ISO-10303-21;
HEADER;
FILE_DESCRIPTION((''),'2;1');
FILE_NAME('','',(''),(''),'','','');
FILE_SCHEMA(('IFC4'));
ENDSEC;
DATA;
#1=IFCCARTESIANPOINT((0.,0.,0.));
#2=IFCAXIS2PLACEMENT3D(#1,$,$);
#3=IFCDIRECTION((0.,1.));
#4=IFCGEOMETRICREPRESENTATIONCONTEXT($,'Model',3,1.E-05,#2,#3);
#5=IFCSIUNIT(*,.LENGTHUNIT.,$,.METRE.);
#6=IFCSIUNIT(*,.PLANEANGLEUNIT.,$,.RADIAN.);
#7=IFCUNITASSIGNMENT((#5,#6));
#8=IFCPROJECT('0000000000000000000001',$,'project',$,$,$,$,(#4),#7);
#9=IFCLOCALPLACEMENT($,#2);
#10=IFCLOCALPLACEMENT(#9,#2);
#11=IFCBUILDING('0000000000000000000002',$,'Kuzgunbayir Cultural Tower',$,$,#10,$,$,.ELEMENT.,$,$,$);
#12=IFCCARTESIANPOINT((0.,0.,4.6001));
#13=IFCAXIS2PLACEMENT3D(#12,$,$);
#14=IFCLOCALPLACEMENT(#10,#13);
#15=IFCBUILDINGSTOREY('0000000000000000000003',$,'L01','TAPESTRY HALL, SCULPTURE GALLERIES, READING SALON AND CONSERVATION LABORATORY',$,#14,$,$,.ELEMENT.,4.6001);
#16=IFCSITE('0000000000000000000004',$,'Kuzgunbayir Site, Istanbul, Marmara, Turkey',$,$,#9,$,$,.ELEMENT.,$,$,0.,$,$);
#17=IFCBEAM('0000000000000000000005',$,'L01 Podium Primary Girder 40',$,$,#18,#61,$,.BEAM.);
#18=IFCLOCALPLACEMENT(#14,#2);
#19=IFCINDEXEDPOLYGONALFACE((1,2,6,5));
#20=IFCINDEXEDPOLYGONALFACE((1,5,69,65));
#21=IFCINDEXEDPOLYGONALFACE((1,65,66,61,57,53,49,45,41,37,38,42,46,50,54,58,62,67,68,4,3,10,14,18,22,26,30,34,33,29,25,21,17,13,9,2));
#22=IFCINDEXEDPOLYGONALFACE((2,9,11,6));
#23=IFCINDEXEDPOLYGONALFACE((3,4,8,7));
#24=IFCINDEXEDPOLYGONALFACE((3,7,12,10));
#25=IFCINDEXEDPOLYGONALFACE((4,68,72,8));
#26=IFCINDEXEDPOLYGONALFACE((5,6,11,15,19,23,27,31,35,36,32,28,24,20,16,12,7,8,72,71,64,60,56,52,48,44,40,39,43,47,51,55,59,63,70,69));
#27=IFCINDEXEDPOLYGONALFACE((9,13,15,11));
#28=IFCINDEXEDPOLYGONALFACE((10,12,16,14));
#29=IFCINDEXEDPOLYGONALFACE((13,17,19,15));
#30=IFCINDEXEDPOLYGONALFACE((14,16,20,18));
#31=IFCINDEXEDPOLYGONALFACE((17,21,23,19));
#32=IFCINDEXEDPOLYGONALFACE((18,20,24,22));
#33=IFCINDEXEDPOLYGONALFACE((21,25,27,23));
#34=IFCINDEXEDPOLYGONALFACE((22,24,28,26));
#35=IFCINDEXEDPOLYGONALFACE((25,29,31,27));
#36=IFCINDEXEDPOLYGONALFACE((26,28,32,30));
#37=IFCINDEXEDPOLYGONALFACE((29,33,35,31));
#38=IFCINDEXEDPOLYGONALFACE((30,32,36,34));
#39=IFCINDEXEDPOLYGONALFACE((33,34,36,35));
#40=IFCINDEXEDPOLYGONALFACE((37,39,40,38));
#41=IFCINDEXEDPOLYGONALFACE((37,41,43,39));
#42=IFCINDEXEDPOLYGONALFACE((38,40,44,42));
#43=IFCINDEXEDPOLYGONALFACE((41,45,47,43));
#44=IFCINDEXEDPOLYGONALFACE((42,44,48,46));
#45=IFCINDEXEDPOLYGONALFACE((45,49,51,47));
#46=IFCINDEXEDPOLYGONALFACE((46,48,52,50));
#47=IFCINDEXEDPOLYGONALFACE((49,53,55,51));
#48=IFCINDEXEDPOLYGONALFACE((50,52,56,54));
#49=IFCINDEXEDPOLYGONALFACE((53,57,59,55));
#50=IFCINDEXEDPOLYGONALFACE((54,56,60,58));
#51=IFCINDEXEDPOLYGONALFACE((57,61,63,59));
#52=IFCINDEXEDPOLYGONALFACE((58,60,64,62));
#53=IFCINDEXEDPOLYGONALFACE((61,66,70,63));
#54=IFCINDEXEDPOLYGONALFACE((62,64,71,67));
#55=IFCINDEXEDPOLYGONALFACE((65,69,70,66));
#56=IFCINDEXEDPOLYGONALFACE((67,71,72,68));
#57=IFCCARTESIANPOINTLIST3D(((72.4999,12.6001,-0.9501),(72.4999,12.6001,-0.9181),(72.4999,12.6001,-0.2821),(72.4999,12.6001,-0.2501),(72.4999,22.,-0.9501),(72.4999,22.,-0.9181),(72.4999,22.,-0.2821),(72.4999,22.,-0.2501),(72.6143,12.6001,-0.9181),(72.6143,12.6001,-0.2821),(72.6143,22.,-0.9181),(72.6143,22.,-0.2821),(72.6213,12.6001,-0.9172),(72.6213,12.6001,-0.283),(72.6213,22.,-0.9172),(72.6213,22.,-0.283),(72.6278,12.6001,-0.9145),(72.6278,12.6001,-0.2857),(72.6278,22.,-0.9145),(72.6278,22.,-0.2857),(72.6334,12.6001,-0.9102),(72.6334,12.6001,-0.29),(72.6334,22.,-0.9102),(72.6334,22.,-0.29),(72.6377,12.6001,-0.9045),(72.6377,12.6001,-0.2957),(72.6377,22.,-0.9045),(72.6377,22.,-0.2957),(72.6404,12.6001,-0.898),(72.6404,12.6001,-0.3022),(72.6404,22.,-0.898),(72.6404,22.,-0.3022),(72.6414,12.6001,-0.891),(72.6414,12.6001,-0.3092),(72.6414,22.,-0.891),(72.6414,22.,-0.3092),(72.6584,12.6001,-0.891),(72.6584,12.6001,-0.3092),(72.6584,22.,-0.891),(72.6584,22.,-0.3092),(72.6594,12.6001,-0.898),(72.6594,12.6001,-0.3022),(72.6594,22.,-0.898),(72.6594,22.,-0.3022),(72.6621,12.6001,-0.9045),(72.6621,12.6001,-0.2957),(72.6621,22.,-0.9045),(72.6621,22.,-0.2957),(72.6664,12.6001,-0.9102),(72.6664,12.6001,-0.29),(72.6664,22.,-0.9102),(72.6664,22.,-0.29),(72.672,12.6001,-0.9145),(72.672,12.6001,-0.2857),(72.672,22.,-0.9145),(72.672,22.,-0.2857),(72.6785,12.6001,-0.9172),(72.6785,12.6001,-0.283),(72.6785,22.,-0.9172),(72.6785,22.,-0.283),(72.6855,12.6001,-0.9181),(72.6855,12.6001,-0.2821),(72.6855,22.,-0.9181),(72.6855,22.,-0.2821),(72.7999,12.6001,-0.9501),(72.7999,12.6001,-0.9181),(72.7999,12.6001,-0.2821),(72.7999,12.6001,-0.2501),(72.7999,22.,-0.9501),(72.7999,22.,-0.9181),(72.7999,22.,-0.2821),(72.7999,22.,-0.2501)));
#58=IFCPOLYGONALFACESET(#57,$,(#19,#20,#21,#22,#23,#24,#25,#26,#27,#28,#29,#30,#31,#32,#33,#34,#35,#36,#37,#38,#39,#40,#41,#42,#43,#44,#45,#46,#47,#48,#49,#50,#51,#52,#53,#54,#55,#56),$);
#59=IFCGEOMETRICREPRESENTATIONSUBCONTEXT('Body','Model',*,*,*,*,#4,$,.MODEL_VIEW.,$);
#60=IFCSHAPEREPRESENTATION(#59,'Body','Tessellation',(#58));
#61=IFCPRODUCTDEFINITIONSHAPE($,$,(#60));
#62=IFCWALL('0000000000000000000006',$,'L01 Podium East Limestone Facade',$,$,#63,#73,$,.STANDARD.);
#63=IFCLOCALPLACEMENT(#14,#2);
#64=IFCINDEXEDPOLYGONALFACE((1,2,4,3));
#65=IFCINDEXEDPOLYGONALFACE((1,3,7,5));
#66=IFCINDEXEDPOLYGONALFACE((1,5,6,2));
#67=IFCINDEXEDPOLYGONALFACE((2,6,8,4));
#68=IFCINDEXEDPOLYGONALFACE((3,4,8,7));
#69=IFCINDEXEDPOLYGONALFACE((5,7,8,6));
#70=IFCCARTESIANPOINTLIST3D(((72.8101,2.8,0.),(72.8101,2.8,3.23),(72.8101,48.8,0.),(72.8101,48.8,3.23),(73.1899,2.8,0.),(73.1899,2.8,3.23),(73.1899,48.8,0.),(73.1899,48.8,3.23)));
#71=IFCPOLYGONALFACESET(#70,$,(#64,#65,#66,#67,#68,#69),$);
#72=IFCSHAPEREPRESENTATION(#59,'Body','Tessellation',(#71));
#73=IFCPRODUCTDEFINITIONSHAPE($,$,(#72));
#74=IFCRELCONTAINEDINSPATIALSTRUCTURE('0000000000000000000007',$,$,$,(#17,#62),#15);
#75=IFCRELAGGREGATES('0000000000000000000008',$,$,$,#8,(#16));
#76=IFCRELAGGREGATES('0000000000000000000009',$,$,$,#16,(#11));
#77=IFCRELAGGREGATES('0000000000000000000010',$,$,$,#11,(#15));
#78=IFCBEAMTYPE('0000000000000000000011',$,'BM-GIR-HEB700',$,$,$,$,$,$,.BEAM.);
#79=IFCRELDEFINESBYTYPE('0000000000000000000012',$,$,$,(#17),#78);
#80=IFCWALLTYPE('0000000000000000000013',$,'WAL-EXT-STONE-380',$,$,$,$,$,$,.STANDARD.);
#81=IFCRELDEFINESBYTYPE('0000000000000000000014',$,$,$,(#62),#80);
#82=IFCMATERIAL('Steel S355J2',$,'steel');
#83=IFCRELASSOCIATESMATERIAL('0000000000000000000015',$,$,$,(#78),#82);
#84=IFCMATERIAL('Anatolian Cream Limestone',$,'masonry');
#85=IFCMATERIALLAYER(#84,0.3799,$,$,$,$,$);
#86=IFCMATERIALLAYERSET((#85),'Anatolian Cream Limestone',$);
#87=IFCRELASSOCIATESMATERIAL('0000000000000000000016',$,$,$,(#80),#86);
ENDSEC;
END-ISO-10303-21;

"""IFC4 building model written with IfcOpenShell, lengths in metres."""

from ifc_helpers import new_model, si_unit, direction, frame, frame_2d, origin, origin_2d, place, context, subcontext, project, spatial, rectangle, i_section, extrude, material, layer, layer_set, material_profile, profile_set, type_object, element, save


model = new_model("IFC4")

# Units and contexts
model_context = context("Model", 3, precision=1e-05, world=origin(), true_north=direction((0.0, 1.0)))
body_context = subcontext(model_context, "Body", "Model", "MODEL_VIEW")
ifc_project = project(units=[si_unit("LENGTHUNIT", "METRE"), si_unit("PLANEANGLEUNIT", "RADIAN")], contexts=[model_context])

# Site, building, storey
site_placement = place(None, origin())
site = spatial("IfcSite", under=ifc_project, at=site_placement, Name="Kuzgunbayir Site, Istanbul, Marmara, Turkey", CompositionType="ELEMENT", RefElevation=0.0)
building_placement = place(site_placement, origin())
building = spatial("IfcBuilding", under=site, at=building_placement, Name="Kuzgunbayir Cultural Tower", CompositionType="ELEMENT")
storey_placement = place(building_placement, frame((0.0, 0.0, 4.6001)))
storey = spatial("IfcBuildingStorey", under=building, at=storey_placement, Name="L01", Description="TAPESTRY HALL, SCULPTURE GALLERIES, READING SALON AND CONSERVATION LABORATORY", CompositionType="ELEMENT", Elevation=4.6001)

# Beam
ifc_material_1 = material(Name="Steel S355J2", Category="steel")
ifc_material_profile_1 = material_profile(ifc_material_1, i_section(OverallWidth=0.3, OverallDepth=0.7, WebThickness=0.0171, FlangeThickness=0.032, FilletRadius=0.0271, at=origin_2d()), Name="HEB 700")
ifc_profile_set_1 = profile_set([ifc_material_profile_1], Name="Steel S355J2")
beam_type = type_object("IfcBeamType", Name="BM-GIR-HEB700", PredefinedType="BEAM", material=ifc_profile_set_1)
beam_1_placement = place(storey_placement, frame((72.6499, 12.6001, -0.6001), z_axis=(0.0, 1.0, 0.0), x_axis=(-1.0, 0.0, 0.0)))
element("IfcBeam", 1, at=beam_1_placement, inside=storey, type_object=beam_type, Name="L01 Podium Primary Girder 40", PredefinedType="BEAM", context=body_context, shape_type="SweptSolid", body=[
    extrude(i_section(OverallWidth=0.3, OverallDepth=0.7, WebThickness=0.0171, FlangeThickness=0.032, FilletRadius=0.0271, at=origin_2d()), origin(), (0.0, 0.0, 1.0), 9.3999),
])

# Wall
ifc_material_2 = material(Name="Anatolian Cream Limestone", Category="masonry")
ifc_layer = layer(ifc_material_2, 0.3799)
ifc_layer_set = layer_set([ifc_layer], Name="Anatolian Cream Limestone")
wall_type = type_object("IfcWallType", Name="WAL-EXT-STONE-380", PredefinedType="STANDARD", material=ifc_layer_set)
wall_placement = place(storey_placement, frame((73.0, 2.8, 0.0), z_axis=(0.0, 0.0, 1.0), x_axis=(0.0, 1.0, 0.0)))
element("IfcWall", 2, at=wall_placement, inside=storey, type_object=wall_type, Name="L01 Podium East Limestone Facade", PredefinedType="STANDARD", context=body_context, shape_type="SweptSolid", body=[
    extrude(rectangle(XDim=46.0, YDim=0.3799, at=frame_2d((23.0, 0.0))), origin(), (0.0, 0.0, 1.0), 3.23),
])

save(model, "model.ifc")
